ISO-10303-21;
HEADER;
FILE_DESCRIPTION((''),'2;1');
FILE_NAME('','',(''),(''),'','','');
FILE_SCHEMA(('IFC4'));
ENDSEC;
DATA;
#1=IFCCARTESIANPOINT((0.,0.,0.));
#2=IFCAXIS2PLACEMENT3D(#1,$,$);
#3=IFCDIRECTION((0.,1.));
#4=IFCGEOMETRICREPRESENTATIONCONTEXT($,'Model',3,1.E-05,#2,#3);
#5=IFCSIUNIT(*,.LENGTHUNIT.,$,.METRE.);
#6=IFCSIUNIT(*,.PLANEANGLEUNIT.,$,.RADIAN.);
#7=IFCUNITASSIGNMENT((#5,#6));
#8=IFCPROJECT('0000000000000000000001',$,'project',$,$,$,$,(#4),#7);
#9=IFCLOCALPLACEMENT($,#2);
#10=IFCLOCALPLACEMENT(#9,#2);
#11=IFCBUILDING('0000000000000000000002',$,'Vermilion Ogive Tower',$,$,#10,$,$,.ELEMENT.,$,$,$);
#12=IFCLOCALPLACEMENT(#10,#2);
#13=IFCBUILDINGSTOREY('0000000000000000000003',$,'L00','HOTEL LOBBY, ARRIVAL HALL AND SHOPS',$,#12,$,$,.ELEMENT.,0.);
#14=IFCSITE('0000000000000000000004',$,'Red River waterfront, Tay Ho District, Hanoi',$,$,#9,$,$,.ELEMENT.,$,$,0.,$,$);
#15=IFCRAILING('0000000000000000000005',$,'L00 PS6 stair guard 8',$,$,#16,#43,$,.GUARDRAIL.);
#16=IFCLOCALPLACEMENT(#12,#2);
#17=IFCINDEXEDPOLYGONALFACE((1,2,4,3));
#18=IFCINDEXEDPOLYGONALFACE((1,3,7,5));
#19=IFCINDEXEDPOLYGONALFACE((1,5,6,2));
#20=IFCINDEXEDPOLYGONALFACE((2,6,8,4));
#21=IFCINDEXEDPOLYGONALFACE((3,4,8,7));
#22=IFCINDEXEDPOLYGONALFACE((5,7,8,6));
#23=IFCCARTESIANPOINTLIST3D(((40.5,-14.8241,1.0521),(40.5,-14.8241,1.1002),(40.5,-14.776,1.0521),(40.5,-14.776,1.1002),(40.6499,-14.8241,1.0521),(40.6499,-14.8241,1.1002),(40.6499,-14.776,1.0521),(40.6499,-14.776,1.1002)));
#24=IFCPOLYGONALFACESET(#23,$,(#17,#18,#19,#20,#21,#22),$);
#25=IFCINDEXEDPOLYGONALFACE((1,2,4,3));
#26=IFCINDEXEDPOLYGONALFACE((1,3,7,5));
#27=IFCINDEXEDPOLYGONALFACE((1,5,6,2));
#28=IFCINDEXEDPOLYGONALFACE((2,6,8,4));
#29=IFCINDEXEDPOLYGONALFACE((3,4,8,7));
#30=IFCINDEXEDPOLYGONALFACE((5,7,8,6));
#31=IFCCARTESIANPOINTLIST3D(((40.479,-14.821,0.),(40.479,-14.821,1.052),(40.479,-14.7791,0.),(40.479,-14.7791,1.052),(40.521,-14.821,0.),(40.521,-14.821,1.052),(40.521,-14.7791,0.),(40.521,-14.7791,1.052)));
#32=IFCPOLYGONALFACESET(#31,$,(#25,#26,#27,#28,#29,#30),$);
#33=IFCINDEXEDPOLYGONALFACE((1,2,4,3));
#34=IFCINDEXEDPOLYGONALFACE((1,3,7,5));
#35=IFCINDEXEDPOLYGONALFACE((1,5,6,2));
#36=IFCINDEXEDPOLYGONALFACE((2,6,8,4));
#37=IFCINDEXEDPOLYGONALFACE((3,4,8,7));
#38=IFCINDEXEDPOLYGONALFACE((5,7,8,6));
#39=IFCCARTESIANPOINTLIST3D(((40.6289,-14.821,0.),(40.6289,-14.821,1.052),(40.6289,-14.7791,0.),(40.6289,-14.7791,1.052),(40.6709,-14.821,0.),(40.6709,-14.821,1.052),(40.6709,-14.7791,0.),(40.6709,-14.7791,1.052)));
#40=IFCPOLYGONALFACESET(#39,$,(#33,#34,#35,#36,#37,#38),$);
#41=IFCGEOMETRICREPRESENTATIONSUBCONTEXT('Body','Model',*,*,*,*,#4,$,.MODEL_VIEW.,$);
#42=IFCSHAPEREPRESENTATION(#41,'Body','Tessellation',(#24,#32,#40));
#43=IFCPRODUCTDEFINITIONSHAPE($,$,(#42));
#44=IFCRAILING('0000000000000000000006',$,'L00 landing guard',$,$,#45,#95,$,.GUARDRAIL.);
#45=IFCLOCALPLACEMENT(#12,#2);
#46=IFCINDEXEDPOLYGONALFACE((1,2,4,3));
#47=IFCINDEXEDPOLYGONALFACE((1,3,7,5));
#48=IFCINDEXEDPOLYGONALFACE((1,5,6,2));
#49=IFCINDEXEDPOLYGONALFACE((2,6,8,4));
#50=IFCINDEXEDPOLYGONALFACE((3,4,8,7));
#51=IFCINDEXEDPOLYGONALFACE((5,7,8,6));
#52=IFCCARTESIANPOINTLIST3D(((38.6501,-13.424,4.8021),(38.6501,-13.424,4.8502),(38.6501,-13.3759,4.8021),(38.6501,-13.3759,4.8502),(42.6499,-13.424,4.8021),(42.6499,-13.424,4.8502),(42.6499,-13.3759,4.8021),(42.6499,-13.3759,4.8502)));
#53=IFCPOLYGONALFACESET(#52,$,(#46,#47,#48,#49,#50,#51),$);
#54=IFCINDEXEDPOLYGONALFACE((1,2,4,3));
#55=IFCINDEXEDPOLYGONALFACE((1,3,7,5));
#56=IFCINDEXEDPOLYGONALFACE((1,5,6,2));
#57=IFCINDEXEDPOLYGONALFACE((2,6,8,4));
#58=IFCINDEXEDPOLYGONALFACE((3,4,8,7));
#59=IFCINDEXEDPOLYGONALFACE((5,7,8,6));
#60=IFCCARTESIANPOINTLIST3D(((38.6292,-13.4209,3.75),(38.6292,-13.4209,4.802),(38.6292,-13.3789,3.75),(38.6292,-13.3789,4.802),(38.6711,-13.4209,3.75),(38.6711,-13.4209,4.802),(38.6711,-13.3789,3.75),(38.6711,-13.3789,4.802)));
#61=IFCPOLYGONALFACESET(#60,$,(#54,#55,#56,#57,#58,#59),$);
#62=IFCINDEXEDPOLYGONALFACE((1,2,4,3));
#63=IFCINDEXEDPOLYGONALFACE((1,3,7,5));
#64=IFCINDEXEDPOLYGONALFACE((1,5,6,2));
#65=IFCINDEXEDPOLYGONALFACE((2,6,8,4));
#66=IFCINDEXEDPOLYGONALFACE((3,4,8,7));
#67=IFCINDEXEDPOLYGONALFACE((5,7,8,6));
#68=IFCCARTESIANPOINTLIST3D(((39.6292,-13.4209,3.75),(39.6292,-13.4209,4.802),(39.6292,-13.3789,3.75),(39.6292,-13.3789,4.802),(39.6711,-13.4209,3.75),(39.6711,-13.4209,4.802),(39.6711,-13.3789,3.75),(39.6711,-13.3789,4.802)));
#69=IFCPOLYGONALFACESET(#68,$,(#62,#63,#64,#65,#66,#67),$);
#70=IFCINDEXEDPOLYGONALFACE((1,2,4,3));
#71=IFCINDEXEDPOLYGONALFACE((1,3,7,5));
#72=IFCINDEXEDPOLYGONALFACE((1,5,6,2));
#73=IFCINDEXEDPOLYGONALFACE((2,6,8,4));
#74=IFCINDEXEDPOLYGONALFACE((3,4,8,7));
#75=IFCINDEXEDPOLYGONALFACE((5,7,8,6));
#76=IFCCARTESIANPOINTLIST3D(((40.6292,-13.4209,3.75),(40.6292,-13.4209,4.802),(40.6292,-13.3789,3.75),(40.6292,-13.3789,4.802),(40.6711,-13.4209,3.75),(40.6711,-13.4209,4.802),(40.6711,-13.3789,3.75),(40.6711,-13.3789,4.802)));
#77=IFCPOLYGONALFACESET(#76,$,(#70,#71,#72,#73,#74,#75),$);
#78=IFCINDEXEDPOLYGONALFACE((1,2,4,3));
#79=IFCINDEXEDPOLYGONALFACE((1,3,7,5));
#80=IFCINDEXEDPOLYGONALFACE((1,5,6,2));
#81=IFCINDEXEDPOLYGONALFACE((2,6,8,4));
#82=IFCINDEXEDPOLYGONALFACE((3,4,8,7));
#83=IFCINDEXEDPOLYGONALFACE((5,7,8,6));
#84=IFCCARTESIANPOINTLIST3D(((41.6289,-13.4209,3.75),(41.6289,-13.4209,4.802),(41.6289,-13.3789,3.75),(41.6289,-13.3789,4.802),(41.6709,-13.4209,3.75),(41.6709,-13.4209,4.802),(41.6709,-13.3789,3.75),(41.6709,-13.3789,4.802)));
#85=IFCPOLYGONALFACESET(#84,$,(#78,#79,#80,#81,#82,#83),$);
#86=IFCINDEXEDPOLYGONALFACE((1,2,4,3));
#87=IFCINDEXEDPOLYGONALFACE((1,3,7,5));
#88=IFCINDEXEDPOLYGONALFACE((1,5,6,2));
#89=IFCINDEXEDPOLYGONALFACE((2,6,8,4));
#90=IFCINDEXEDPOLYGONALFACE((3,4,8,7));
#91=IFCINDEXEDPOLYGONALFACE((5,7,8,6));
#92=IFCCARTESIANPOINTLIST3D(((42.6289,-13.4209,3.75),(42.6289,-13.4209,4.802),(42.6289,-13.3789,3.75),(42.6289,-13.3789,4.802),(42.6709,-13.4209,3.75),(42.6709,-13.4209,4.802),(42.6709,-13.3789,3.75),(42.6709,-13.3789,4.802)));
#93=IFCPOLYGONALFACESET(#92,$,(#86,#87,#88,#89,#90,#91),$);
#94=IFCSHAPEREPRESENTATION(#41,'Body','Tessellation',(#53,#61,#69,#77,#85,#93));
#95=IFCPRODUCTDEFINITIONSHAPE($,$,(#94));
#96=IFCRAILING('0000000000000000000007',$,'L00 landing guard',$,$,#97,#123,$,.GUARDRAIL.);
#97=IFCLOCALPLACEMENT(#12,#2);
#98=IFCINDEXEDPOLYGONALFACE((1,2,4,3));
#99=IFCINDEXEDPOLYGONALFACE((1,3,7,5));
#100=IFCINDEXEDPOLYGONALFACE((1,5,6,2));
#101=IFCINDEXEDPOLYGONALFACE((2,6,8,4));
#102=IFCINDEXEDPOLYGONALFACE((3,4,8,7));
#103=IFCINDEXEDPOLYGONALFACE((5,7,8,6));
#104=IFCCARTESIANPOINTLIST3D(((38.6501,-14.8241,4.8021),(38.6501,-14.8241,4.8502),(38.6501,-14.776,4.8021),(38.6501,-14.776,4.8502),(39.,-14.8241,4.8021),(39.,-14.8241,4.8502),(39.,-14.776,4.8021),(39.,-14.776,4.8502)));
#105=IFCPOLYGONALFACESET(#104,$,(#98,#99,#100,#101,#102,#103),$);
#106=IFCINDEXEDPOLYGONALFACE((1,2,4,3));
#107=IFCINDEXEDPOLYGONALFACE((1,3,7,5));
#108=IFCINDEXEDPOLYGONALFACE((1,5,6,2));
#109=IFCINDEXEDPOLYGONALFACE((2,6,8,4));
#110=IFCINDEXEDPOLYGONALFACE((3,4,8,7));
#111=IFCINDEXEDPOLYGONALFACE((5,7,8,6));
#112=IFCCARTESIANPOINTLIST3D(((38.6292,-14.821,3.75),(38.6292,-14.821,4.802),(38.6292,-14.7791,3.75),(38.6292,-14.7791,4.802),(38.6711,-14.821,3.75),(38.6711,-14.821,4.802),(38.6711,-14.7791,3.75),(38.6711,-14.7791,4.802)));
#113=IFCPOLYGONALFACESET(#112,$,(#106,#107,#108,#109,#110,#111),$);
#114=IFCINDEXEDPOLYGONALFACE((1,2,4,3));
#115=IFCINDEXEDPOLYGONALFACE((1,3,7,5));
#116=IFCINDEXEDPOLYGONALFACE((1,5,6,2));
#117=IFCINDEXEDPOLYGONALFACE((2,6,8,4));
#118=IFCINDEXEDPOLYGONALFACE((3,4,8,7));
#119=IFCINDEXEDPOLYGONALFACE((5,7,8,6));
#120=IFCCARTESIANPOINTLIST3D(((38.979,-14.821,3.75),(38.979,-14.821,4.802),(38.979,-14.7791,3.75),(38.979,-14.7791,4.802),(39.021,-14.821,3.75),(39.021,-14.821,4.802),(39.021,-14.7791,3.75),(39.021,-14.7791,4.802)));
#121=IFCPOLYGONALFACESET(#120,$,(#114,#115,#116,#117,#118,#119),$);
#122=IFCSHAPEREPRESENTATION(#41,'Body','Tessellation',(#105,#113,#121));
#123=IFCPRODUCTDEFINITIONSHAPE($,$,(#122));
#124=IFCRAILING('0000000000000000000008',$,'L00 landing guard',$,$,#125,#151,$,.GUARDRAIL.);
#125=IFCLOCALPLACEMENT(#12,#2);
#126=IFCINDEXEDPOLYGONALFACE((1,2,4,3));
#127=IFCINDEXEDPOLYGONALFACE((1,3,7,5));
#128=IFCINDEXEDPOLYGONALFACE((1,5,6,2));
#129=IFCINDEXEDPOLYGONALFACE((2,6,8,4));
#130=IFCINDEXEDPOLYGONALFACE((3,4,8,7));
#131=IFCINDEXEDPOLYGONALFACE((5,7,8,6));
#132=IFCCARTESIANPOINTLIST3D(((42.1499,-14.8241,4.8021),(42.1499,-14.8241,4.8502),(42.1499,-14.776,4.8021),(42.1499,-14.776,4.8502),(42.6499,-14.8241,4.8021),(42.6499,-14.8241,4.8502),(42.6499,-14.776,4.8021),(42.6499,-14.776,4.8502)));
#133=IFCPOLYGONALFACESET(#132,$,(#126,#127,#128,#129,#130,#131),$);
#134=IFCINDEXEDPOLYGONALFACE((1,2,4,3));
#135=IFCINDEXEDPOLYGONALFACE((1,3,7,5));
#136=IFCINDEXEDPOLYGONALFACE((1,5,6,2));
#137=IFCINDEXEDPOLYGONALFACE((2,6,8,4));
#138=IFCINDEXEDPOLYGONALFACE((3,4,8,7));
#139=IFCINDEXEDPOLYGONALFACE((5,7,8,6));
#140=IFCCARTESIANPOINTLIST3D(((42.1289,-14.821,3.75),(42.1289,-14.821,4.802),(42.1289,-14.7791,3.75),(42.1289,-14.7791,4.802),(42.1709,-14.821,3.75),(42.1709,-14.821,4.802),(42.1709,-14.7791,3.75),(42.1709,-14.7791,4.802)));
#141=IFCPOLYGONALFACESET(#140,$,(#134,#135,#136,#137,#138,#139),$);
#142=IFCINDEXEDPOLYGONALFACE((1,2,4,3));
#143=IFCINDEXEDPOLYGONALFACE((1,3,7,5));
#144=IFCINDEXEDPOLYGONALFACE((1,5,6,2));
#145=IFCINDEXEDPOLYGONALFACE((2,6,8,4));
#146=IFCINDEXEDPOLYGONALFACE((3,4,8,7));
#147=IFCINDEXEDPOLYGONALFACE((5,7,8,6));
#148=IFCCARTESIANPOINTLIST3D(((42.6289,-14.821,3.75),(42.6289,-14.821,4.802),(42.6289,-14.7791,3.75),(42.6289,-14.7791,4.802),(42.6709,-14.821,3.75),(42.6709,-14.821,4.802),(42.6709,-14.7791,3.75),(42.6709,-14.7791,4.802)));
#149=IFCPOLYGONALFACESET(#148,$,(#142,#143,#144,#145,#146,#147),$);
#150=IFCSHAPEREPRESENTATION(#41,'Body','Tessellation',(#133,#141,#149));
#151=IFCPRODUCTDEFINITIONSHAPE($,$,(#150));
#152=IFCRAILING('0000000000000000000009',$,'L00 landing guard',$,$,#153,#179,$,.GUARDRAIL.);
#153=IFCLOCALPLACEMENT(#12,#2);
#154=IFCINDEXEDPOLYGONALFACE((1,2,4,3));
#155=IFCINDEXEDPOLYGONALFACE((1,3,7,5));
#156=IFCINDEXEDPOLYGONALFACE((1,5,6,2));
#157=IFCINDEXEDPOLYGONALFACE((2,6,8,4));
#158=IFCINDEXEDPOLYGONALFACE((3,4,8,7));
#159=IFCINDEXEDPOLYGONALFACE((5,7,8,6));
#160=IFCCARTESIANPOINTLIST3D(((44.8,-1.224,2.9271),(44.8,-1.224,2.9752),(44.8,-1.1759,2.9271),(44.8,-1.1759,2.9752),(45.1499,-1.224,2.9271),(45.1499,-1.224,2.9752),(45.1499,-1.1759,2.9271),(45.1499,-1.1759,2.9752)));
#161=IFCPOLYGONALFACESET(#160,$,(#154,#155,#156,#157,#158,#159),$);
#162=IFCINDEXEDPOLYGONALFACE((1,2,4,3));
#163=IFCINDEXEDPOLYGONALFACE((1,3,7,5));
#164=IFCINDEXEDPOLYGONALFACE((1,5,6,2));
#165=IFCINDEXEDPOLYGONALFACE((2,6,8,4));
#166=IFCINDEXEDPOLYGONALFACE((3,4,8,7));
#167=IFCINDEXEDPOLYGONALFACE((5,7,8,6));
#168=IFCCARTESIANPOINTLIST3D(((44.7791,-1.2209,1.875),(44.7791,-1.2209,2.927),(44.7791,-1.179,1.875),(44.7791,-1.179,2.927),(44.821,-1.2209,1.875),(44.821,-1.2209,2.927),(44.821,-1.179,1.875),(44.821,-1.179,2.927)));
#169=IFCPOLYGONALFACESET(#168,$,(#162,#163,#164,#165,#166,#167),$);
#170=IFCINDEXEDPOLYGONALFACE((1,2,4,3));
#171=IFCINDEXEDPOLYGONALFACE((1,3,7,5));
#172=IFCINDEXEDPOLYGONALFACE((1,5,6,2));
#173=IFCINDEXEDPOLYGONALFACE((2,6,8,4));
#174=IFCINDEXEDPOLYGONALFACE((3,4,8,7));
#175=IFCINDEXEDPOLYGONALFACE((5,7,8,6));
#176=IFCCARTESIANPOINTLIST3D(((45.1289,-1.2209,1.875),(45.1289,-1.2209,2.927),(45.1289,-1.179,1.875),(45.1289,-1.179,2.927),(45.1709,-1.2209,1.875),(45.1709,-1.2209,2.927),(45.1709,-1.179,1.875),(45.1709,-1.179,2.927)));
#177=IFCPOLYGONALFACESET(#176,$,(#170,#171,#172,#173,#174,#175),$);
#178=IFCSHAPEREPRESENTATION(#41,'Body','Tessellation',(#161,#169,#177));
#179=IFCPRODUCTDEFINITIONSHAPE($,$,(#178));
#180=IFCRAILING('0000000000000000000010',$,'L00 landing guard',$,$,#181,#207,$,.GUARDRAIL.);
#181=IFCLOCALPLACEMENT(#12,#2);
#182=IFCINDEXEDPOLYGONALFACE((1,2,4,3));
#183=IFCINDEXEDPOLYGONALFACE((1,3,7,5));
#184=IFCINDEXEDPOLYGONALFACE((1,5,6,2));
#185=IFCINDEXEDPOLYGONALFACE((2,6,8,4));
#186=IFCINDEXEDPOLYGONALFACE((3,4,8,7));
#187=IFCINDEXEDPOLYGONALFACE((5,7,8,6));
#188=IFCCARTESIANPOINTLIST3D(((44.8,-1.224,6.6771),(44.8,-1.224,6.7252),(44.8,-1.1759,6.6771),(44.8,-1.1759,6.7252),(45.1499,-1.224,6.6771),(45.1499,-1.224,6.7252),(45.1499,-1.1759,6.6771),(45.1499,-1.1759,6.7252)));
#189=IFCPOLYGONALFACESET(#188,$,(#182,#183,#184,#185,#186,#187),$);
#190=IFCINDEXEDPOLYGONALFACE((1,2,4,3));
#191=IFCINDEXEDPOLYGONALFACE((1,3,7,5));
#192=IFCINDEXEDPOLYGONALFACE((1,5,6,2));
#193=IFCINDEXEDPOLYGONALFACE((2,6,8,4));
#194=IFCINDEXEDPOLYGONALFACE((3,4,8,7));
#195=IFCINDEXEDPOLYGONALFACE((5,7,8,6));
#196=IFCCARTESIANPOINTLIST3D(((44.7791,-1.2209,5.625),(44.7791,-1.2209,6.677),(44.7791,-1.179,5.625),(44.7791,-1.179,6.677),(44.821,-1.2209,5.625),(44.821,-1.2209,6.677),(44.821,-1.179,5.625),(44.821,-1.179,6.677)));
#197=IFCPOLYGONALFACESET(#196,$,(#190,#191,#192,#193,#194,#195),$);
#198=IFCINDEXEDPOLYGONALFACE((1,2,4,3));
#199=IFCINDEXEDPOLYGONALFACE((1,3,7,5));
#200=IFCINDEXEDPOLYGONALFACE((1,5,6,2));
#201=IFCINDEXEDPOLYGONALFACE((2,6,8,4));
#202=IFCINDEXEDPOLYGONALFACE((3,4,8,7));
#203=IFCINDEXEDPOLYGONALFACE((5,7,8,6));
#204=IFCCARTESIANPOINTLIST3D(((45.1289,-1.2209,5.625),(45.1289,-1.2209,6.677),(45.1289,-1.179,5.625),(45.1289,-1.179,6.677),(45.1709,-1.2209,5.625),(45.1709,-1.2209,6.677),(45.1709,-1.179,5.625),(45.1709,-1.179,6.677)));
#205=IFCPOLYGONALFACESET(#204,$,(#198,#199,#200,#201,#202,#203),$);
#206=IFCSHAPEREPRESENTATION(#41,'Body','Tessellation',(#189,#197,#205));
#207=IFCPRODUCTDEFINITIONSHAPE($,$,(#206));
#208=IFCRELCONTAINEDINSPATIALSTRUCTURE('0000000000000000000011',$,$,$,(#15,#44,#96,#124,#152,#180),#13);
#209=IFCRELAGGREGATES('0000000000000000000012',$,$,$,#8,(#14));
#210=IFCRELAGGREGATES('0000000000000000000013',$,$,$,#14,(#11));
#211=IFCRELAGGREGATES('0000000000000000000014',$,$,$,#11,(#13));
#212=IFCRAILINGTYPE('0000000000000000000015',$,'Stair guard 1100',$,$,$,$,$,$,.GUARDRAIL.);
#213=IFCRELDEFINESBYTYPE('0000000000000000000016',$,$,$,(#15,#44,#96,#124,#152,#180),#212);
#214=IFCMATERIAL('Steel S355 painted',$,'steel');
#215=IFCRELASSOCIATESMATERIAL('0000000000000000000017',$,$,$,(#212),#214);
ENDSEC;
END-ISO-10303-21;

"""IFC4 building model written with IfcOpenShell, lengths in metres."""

from ifc_helpers import new_model, si_unit, direction, frame, origin, origin_2d, place, context, subcontext, project, spatial, rectangle, extrude, material, type_object, element, save


model = new_model("IFC4")

# Units and contexts
model_context = context("Model", 3, precision=1e-05, world=origin(), true_north=direction((0.0, 1.0)))
body_context = subcontext(model_context, "Body", "Model", "MODEL_VIEW")
ifc_project = project(units=[si_unit("LENGTHUNIT", "METRE"), si_unit("PLANEANGLEUNIT", "RADIAN")], contexts=[model_context])

# Site, building, storey
site_placement = place(None, origin())
site = spatial("IfcSite", under=ifc_project, at=site_placement, Name="Red River waterfront, Tay Ho District, Hanoi", CompositionType="ELEMENT", RefElevation=0.0)
building_placement = place(site_placement, origin())
building = spatial("IfcBuilding", under=site, at=building_placement, Name="Vermilion Ogive Tower", CompositionType="ELEMENT")
storey_placement = place(building_placement, origin())
storey = spatial("IfcBuildingStorey", under=building, at=storey_placement, Name="L00", Description="HOTEL LOBBY, ARRIVAL HALL AND SHOPS", CompositionType="ELEMENT", Elevation=0.0)

# Railings
ifc_material_1 = material(Name="Steel S355 painted", Category="steel")
railing_type_1 = type_object("IfcRailingType", Name="Stair guard 1100", PredefinedType="GUARDRAIL", material=ifc_material_1)
railing_1_placement = place(storey_placement, frame((40.5, -14.8, 0.0)))
element("IfcRailing", 1, at=railing_1_placement, inside=storey, type_object=railing_type_1, Name="L00 PS6 stair guard 8", PredefinedType="GUARDRAIL", context=body_context, shape_type="SweptSolid", body=[
    extrude(rectangle(XDim=0.0481, YDim=0.0481, at=origin_2d()), frame((0.0, 0.0, 1.0762), z_axis=(1.0, 0.0, 0.0), x_axis=(0.0, 1.0, 0.0)), (0.0, 0.0, 1.0), 0.1499),
    extrude(rectangle(XDim=0.042, YDim=0.042, at=origin_2d()), origin(), (0.0, 0.0, 1.0), 1.052),
    extrude(rectangle(XDim=0.042, YDim=0.042, at=origin_2d()), frame((0.1499, 0.0, 0.0)), (0.0, 0.0, 1.0), 1.052),
])
railing_2_placement = place(storey_placement, frame((38.6501, -13.3999, 3.75)))
element("IfcRailing", 2, at=railing_2_placement, inside=storey, type_object=railing_type_1, Name="L00 landing guard", PredefinedType="GUARDRAIL", context=body_context, shape_type="SweptSolid", body=[
    extrude(rectangle(XDim=0.0481, YDim=0.0481, at=origin_2d()), frame((0.0, 0.0, 1.0762), z_axis=(1.0, 0.0, 0.0), x_axis=(0.0, 1.0, 0.0)), (0.0, 0.0, 1.0), 3.9998),
    extrude(rectangle(XDim=0.042, YDim=0.042, at=origin_2d()), origin(), (0.0, 0.0, 1.0), 1.052),
    extrude(rectangle(XDim=0.042, YDim=0.042, at=origin_2d()), frame((1.0, 0.0, 0.0)), (0.0, 0.0, 1.0), 1.052),
    extrude(rectangle(XDim=0.042, YDim=0.042, at=origin_2d()), frame((2.0, 0.0, 0.0)), (0.0, 0.0, 1.0), 1.052),
    extrude(rectangle(XDim=0.042, YDim=0.042, at=origin_2d()), frame((2.9998, 0.0, 0.0)), (0.0, 0.0, 1.0), 1.052),
    extrude(rectangle(XDim=0.042, YDim=0.042, at=origin_2d()), frame((3.9998, 0.0, 0.0)), (0.0, 0.0, 1.0), 1.052),
])
railing_3_placement = place(storey_placement, frame((38.6501, -14.8, 3.75)))
element("IfcRailing", 3, at=railing_3_placement, inside=storey, type_object=railing_type_1, Name="L00 landing guard", PredefinedType="GUARDRAIL", context=body_context, shape_type="SweptSolid", body=[
    extrude(rectangle(XDim=0.0481, YDim=0.0481, at=origin_2d()), frame((0.0, 0.0, 1.0762), z_axis=(1.0, 0.0, 0.0), x_axis=(0.0, 1.0, 0.0)), (0.0, 0.0, 1.0), 0.3499),
    extrude(rectangle(XDim=0.042, YDim=0.042, at=origin_2d()), origin(), (0.0, 0.0, 1.0), 1.052),
    extrude(rectangle(XDim=0.042, YDim=0.042, at=origin_2d()), frame((0.3499, 0.0, 0.0)), (0.0, 0.0, 1.0), 1.052),
])
railing_4_placement = place(storey_placement, frame((42.1499, -14.8, 3.75)))
element("IfcRailing", 4, at=railing_4_placement, inside=storey, type_object=railing_type_1, Name="L00 landing guard", PredefinedType="GUARDRAIL", context=body_context, shape_type="SweptSolid", body=[
    extrude(rectangle(XDim=0.0481, YDim=0.0481, at=origin_2d()), frame((0.0, 0.0, 1.0762), z_axis=(1.0, 0.0, 0.0), x_axis=(0.0, 1.0, 0.0)), (0.0, 0.0, 1.0), 0.5),
    extrude(rectangle(XDim=0.042, YDim=0.042, at=origin_2d()), origin(), (0.0, 0.0, 1.0), 1.052),
    extrude(rectangle(XDim=0.042, YDim=0.042, at=origin_2d()), frame((0.5, 0.0, 0.0)), (0.0, 0.0, 1.0), 1.052),
])
for number, where, name in (
    (5, (44.8, -1.2, 1.875), "L00 landing guard"),
    (6, (44.8, -1.2, 5.625), "L00 landing guard"),
):
    element("IfcRailing", number, at=place(storey_placement, frame(where)), inside=storey, type_object=railing_type_1, Name=name, PredefinedType="GUARDRAIL", context=body_context, shape_type="SweptSolid", body=[
        extrude(rectangle(XDim=0.0481, YDim=0.0481, at=origin_2d()), frame((0.0, 0.0, 1.0762), z_axis=(1.0, 0.0, 0.0), x_axis=(0.0, 1.0, 0.0)), (0.0, 0.0, 1.0), 0.3499),
        extrude(rectangle(XDim=0.042, YDim=0.042, at=origin_2d()), origin(), (0.0, 0.0, 1.0), 1.052),
        extrude(rectangle(XDim=0.042, YDim=0.042, at=origin_2d()), frame((0.3499, 0.0, 0.0)), (0.0, 0.0, 1.0), 1.052),
    ])

save(model, "model.ifc")
